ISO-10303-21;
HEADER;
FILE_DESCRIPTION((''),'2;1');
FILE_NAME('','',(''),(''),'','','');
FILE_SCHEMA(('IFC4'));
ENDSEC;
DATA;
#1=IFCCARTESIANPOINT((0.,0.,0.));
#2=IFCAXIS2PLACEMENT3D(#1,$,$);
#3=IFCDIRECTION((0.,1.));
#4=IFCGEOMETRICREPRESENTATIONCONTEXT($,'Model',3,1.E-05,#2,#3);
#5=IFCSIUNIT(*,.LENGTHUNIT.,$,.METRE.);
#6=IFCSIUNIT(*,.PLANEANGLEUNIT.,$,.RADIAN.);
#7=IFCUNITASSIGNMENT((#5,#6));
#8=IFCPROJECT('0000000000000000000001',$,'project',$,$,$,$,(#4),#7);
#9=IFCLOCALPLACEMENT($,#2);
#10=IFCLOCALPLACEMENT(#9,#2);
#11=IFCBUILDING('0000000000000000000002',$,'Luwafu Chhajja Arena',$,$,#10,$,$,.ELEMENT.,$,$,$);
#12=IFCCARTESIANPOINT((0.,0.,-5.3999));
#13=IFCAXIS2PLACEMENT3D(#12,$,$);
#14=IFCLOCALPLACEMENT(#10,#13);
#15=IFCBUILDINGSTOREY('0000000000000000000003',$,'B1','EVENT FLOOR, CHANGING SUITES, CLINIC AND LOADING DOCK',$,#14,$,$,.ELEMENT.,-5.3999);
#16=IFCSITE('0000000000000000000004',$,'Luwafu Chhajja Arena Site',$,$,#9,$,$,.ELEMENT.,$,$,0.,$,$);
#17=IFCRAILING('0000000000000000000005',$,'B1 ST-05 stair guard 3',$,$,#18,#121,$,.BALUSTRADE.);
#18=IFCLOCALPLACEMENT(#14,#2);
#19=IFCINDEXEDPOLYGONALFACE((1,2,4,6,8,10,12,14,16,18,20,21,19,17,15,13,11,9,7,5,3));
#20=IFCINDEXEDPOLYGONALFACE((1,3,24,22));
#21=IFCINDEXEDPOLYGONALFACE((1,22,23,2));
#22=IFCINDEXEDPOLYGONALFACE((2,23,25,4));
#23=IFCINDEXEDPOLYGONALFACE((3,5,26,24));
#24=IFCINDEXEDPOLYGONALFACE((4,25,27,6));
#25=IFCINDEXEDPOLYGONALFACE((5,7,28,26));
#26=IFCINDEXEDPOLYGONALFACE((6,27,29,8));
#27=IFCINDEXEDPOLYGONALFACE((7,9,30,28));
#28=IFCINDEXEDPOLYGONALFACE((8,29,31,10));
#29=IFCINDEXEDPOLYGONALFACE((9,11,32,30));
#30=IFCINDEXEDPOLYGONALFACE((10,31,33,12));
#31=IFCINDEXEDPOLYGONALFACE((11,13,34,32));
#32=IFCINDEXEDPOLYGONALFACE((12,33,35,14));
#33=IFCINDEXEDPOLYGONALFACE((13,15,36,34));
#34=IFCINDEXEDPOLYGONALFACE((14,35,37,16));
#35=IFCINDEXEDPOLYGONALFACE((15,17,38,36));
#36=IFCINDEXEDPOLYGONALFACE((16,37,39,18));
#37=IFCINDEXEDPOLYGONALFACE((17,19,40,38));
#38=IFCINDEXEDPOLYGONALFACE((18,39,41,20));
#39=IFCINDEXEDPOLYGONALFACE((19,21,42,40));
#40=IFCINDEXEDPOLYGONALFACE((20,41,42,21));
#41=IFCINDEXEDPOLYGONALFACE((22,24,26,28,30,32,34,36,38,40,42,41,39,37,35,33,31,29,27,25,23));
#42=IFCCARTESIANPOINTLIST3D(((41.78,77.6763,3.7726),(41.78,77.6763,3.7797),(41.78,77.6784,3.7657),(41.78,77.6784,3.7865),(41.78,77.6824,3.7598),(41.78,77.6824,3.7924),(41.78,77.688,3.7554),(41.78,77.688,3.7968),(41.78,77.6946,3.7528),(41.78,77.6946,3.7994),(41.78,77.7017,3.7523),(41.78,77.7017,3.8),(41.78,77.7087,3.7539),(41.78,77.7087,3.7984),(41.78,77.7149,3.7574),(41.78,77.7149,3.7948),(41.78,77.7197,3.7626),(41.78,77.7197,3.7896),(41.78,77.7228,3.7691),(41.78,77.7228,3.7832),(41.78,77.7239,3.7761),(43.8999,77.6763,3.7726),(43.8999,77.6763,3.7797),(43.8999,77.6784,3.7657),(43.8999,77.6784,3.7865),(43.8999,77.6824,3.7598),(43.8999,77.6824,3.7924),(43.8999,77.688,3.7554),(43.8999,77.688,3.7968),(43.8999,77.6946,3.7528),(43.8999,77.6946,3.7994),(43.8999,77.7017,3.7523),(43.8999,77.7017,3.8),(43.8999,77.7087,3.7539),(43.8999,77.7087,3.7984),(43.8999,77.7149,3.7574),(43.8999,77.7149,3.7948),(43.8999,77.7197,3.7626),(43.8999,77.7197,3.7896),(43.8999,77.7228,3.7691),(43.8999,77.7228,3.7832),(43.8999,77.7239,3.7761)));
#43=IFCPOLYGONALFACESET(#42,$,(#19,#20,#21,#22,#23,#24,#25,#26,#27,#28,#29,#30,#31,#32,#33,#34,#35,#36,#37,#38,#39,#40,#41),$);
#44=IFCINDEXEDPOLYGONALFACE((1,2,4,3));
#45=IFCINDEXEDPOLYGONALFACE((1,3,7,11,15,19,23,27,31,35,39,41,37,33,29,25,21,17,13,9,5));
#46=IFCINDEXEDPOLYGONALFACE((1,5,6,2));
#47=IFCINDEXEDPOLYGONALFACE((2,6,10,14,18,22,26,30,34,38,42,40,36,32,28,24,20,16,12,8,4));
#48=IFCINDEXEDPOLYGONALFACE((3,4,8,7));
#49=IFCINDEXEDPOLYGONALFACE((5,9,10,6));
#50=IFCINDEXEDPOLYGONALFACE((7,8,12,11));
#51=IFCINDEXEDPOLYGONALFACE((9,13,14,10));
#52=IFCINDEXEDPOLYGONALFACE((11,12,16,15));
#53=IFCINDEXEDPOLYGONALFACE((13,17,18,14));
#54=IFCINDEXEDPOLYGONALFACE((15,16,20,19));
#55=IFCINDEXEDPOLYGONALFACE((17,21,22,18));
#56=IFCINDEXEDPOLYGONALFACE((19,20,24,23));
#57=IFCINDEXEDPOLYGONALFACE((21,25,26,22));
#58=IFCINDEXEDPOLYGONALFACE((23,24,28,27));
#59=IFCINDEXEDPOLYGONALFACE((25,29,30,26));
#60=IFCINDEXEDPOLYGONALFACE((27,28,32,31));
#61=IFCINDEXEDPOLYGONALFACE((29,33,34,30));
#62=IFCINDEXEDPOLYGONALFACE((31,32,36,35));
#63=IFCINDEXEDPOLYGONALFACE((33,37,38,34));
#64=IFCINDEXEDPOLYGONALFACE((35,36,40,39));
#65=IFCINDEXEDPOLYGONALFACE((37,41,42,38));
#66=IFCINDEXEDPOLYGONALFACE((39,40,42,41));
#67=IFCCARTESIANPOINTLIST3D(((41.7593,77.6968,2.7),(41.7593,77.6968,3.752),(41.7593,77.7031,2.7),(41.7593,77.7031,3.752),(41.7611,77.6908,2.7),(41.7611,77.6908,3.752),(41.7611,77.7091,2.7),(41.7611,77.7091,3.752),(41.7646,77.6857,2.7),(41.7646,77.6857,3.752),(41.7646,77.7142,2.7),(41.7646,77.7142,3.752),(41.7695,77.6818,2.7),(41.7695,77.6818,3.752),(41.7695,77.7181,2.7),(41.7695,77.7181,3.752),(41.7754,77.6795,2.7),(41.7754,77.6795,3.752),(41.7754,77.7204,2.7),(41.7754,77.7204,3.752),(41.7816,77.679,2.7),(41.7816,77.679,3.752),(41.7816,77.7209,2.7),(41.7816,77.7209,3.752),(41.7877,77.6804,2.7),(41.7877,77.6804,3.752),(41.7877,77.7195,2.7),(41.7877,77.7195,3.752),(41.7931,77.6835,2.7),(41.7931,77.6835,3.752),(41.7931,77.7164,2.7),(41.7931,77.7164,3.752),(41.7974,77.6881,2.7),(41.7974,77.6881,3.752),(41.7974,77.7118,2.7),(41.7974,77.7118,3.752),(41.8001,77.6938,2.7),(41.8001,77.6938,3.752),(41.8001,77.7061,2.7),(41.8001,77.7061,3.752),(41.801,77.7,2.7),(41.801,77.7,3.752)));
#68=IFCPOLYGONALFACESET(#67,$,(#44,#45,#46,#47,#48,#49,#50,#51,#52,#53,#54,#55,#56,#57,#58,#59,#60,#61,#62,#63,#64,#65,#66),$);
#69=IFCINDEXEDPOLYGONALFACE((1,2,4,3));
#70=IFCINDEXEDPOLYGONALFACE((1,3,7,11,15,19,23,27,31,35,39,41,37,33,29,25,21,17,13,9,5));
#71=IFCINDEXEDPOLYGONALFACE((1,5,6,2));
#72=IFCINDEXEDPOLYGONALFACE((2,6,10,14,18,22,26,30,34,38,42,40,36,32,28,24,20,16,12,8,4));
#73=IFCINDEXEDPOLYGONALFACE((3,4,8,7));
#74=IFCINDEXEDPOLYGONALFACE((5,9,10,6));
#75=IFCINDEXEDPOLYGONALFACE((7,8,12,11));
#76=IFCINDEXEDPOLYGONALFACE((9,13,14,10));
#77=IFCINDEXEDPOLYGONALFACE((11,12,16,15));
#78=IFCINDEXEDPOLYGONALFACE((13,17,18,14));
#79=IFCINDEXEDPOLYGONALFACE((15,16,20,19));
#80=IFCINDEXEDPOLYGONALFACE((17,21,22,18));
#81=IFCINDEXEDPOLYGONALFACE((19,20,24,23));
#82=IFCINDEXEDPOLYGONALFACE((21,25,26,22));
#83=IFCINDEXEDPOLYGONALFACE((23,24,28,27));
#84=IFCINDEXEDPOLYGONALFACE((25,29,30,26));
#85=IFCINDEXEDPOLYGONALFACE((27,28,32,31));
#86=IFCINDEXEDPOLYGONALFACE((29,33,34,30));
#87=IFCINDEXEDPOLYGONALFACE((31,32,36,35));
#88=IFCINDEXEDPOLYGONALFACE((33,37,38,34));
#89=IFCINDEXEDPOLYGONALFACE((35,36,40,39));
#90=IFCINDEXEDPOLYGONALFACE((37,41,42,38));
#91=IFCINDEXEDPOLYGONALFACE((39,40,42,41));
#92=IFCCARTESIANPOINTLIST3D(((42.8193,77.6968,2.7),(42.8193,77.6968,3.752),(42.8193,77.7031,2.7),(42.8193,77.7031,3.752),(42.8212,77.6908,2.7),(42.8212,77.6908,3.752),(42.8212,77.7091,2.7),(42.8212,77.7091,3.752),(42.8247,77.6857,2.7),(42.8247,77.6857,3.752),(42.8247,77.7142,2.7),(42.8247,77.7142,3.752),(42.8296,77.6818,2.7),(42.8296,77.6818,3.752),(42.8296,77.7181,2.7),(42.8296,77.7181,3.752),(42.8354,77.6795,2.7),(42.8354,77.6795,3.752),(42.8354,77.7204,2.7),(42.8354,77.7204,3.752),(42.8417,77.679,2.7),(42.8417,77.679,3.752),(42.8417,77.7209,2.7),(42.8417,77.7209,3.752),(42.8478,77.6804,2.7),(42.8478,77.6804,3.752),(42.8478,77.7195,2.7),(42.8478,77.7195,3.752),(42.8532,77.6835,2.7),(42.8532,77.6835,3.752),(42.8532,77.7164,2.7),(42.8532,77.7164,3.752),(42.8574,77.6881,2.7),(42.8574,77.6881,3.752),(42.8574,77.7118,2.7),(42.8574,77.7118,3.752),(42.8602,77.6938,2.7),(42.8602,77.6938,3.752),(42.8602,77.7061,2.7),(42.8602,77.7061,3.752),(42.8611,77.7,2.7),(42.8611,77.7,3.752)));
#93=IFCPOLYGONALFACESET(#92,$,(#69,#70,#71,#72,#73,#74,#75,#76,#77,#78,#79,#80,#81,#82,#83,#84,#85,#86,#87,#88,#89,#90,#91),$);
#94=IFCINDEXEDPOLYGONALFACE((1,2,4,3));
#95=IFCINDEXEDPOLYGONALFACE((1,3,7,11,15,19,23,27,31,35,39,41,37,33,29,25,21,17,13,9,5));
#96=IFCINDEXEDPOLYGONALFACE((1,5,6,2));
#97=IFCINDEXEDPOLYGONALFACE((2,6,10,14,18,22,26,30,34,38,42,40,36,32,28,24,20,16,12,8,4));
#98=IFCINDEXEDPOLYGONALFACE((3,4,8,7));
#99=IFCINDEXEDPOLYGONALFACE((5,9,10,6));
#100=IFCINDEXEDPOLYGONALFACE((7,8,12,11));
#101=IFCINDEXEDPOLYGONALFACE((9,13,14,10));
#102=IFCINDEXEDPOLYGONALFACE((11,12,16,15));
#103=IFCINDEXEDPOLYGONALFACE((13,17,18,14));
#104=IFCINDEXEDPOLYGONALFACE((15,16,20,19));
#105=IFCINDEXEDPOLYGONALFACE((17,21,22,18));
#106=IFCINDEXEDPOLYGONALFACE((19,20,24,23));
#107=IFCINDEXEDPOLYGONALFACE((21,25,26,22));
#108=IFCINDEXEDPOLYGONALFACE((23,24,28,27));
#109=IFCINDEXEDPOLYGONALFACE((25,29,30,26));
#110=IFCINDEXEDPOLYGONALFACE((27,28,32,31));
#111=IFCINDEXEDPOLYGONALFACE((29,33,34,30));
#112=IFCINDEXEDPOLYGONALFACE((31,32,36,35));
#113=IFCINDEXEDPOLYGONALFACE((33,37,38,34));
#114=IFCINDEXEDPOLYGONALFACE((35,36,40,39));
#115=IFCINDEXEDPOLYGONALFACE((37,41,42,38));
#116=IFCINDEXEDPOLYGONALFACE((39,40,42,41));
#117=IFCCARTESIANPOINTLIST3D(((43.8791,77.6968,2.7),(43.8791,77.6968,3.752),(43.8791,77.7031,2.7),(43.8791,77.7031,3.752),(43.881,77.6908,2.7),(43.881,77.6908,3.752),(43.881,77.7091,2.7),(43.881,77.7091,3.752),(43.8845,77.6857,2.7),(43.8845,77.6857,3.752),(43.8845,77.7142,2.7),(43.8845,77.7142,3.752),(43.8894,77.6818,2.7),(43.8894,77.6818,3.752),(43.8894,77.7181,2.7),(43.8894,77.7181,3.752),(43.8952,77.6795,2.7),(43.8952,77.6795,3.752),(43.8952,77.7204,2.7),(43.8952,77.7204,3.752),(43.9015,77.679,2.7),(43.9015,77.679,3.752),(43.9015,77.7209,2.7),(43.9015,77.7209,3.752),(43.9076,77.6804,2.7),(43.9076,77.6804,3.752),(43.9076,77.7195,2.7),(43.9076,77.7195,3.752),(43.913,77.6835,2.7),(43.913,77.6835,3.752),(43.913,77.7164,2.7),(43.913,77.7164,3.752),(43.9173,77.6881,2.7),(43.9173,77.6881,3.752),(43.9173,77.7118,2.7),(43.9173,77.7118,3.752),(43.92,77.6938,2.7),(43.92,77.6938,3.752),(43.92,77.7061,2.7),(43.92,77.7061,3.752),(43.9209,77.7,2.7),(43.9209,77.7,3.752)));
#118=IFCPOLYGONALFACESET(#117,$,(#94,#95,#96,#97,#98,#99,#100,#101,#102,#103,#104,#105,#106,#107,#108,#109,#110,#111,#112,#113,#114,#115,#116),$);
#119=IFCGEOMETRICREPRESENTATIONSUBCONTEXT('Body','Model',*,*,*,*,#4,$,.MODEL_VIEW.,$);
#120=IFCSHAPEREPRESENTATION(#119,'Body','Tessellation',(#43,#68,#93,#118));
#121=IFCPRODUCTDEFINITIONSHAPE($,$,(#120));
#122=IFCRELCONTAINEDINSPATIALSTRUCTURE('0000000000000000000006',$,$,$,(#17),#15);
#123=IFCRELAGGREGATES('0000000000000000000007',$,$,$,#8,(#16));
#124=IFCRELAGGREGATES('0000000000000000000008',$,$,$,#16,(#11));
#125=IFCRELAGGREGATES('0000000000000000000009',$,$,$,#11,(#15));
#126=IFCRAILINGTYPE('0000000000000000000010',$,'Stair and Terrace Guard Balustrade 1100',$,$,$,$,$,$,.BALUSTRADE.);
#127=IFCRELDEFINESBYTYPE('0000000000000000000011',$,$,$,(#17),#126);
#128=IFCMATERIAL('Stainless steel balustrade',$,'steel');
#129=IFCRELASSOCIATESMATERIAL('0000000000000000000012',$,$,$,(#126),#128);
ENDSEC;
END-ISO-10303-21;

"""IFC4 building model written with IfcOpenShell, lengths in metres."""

from ifc_helpers import new_model, si_unit, direction, frame, origin, origin_2d, place, context, subcontext, project, spatial, circle, extrude, material, type_object, element, save


model = new_model("IFC4")

# Units and contexts
model_context = context("Model", 3, precision=1e-05, world=origin(), true_north=direction((0.0, 1.0)))
body_context = subcontext(model_context, "Body", "Model", "MODEL_VIEW")
ifc_project = project(units=[si_unit("LENGTHUNIT", "METRE"), si_unit("PLANEANGLEUNIT", "RADIAN")], contexts=[model_context])

# Site, building, storey
site_placement = place(None, origin())
site = spatial("IfcSite", under=ifc_project, at=site_placement, Name="Luwafu Chhajja Arena Site", CompositionType="ELEMENT", RefElevation=0.0)
building_placement = place(site_placement, origin())
building = spatial("IfcBuilding", under=site, at=building_placement, Name="Luwafu Chhajja Arena", CompositionType="ELEMENT")
storey_placement = place(building_placement, frame((0.0, 0.0, -5.3999)))
storey = spatial("IfcBuildingStorey", under=building, at=storey_placement, Name="B1", Description="EVENT FLOOR, CHANGING SUITES, CLINIC AND LOADING DOCK", CompositionType="ELEMENT", Elevation=-5.3999)

# Railing
ifc_material_1 = material(Name="Stainless steel balustrade", Category="steel")
railing_type_1 = type_object("IfcRailingType", Name="Stair and Terrace Guard Balustrade 1100", PredefinedType="BALUSTRADE", material=ifc_material_1)
railing_1_placement = place(storey_placement, frame((41.78, 77.7, 2.7)))
element("IfcRailing", 1, at=railing_1_placement, inside=storey, type_object=railing_type_1, Name="B1 ST-05 stair guard 3", PredefinedType="BALUSTRADE", context=body_context, shape_type="SweptSolid", body=[
    extrude(circle(Radius=0.0239, at=origin_2d()), frame((0.0, 0.0, 1.0762), z_axis=(1.0, 0.0, 0.0), x_axis=(0.0, 1.0, 0.0)), (0.0, 0.0, 1.0), 2.1199),
    extrude(circle(Radius=0.021, at=origin_2d()), origin(), (0.0, 0.0, 1.0), 1.052),
    extrude(circle(Radius=0.021, at=origin_2d()), frame((1.0601, 0.0, 0.0)), (0.0, 0.0, 1.0), 1.052),
    extrude(circle(Radius=0.021, at=origin_2d()), frame((2.1199, 0.0, 0.0)), (0.0, 0.0, 1.0), 1.052),
])

save(model, "model.ifc")
